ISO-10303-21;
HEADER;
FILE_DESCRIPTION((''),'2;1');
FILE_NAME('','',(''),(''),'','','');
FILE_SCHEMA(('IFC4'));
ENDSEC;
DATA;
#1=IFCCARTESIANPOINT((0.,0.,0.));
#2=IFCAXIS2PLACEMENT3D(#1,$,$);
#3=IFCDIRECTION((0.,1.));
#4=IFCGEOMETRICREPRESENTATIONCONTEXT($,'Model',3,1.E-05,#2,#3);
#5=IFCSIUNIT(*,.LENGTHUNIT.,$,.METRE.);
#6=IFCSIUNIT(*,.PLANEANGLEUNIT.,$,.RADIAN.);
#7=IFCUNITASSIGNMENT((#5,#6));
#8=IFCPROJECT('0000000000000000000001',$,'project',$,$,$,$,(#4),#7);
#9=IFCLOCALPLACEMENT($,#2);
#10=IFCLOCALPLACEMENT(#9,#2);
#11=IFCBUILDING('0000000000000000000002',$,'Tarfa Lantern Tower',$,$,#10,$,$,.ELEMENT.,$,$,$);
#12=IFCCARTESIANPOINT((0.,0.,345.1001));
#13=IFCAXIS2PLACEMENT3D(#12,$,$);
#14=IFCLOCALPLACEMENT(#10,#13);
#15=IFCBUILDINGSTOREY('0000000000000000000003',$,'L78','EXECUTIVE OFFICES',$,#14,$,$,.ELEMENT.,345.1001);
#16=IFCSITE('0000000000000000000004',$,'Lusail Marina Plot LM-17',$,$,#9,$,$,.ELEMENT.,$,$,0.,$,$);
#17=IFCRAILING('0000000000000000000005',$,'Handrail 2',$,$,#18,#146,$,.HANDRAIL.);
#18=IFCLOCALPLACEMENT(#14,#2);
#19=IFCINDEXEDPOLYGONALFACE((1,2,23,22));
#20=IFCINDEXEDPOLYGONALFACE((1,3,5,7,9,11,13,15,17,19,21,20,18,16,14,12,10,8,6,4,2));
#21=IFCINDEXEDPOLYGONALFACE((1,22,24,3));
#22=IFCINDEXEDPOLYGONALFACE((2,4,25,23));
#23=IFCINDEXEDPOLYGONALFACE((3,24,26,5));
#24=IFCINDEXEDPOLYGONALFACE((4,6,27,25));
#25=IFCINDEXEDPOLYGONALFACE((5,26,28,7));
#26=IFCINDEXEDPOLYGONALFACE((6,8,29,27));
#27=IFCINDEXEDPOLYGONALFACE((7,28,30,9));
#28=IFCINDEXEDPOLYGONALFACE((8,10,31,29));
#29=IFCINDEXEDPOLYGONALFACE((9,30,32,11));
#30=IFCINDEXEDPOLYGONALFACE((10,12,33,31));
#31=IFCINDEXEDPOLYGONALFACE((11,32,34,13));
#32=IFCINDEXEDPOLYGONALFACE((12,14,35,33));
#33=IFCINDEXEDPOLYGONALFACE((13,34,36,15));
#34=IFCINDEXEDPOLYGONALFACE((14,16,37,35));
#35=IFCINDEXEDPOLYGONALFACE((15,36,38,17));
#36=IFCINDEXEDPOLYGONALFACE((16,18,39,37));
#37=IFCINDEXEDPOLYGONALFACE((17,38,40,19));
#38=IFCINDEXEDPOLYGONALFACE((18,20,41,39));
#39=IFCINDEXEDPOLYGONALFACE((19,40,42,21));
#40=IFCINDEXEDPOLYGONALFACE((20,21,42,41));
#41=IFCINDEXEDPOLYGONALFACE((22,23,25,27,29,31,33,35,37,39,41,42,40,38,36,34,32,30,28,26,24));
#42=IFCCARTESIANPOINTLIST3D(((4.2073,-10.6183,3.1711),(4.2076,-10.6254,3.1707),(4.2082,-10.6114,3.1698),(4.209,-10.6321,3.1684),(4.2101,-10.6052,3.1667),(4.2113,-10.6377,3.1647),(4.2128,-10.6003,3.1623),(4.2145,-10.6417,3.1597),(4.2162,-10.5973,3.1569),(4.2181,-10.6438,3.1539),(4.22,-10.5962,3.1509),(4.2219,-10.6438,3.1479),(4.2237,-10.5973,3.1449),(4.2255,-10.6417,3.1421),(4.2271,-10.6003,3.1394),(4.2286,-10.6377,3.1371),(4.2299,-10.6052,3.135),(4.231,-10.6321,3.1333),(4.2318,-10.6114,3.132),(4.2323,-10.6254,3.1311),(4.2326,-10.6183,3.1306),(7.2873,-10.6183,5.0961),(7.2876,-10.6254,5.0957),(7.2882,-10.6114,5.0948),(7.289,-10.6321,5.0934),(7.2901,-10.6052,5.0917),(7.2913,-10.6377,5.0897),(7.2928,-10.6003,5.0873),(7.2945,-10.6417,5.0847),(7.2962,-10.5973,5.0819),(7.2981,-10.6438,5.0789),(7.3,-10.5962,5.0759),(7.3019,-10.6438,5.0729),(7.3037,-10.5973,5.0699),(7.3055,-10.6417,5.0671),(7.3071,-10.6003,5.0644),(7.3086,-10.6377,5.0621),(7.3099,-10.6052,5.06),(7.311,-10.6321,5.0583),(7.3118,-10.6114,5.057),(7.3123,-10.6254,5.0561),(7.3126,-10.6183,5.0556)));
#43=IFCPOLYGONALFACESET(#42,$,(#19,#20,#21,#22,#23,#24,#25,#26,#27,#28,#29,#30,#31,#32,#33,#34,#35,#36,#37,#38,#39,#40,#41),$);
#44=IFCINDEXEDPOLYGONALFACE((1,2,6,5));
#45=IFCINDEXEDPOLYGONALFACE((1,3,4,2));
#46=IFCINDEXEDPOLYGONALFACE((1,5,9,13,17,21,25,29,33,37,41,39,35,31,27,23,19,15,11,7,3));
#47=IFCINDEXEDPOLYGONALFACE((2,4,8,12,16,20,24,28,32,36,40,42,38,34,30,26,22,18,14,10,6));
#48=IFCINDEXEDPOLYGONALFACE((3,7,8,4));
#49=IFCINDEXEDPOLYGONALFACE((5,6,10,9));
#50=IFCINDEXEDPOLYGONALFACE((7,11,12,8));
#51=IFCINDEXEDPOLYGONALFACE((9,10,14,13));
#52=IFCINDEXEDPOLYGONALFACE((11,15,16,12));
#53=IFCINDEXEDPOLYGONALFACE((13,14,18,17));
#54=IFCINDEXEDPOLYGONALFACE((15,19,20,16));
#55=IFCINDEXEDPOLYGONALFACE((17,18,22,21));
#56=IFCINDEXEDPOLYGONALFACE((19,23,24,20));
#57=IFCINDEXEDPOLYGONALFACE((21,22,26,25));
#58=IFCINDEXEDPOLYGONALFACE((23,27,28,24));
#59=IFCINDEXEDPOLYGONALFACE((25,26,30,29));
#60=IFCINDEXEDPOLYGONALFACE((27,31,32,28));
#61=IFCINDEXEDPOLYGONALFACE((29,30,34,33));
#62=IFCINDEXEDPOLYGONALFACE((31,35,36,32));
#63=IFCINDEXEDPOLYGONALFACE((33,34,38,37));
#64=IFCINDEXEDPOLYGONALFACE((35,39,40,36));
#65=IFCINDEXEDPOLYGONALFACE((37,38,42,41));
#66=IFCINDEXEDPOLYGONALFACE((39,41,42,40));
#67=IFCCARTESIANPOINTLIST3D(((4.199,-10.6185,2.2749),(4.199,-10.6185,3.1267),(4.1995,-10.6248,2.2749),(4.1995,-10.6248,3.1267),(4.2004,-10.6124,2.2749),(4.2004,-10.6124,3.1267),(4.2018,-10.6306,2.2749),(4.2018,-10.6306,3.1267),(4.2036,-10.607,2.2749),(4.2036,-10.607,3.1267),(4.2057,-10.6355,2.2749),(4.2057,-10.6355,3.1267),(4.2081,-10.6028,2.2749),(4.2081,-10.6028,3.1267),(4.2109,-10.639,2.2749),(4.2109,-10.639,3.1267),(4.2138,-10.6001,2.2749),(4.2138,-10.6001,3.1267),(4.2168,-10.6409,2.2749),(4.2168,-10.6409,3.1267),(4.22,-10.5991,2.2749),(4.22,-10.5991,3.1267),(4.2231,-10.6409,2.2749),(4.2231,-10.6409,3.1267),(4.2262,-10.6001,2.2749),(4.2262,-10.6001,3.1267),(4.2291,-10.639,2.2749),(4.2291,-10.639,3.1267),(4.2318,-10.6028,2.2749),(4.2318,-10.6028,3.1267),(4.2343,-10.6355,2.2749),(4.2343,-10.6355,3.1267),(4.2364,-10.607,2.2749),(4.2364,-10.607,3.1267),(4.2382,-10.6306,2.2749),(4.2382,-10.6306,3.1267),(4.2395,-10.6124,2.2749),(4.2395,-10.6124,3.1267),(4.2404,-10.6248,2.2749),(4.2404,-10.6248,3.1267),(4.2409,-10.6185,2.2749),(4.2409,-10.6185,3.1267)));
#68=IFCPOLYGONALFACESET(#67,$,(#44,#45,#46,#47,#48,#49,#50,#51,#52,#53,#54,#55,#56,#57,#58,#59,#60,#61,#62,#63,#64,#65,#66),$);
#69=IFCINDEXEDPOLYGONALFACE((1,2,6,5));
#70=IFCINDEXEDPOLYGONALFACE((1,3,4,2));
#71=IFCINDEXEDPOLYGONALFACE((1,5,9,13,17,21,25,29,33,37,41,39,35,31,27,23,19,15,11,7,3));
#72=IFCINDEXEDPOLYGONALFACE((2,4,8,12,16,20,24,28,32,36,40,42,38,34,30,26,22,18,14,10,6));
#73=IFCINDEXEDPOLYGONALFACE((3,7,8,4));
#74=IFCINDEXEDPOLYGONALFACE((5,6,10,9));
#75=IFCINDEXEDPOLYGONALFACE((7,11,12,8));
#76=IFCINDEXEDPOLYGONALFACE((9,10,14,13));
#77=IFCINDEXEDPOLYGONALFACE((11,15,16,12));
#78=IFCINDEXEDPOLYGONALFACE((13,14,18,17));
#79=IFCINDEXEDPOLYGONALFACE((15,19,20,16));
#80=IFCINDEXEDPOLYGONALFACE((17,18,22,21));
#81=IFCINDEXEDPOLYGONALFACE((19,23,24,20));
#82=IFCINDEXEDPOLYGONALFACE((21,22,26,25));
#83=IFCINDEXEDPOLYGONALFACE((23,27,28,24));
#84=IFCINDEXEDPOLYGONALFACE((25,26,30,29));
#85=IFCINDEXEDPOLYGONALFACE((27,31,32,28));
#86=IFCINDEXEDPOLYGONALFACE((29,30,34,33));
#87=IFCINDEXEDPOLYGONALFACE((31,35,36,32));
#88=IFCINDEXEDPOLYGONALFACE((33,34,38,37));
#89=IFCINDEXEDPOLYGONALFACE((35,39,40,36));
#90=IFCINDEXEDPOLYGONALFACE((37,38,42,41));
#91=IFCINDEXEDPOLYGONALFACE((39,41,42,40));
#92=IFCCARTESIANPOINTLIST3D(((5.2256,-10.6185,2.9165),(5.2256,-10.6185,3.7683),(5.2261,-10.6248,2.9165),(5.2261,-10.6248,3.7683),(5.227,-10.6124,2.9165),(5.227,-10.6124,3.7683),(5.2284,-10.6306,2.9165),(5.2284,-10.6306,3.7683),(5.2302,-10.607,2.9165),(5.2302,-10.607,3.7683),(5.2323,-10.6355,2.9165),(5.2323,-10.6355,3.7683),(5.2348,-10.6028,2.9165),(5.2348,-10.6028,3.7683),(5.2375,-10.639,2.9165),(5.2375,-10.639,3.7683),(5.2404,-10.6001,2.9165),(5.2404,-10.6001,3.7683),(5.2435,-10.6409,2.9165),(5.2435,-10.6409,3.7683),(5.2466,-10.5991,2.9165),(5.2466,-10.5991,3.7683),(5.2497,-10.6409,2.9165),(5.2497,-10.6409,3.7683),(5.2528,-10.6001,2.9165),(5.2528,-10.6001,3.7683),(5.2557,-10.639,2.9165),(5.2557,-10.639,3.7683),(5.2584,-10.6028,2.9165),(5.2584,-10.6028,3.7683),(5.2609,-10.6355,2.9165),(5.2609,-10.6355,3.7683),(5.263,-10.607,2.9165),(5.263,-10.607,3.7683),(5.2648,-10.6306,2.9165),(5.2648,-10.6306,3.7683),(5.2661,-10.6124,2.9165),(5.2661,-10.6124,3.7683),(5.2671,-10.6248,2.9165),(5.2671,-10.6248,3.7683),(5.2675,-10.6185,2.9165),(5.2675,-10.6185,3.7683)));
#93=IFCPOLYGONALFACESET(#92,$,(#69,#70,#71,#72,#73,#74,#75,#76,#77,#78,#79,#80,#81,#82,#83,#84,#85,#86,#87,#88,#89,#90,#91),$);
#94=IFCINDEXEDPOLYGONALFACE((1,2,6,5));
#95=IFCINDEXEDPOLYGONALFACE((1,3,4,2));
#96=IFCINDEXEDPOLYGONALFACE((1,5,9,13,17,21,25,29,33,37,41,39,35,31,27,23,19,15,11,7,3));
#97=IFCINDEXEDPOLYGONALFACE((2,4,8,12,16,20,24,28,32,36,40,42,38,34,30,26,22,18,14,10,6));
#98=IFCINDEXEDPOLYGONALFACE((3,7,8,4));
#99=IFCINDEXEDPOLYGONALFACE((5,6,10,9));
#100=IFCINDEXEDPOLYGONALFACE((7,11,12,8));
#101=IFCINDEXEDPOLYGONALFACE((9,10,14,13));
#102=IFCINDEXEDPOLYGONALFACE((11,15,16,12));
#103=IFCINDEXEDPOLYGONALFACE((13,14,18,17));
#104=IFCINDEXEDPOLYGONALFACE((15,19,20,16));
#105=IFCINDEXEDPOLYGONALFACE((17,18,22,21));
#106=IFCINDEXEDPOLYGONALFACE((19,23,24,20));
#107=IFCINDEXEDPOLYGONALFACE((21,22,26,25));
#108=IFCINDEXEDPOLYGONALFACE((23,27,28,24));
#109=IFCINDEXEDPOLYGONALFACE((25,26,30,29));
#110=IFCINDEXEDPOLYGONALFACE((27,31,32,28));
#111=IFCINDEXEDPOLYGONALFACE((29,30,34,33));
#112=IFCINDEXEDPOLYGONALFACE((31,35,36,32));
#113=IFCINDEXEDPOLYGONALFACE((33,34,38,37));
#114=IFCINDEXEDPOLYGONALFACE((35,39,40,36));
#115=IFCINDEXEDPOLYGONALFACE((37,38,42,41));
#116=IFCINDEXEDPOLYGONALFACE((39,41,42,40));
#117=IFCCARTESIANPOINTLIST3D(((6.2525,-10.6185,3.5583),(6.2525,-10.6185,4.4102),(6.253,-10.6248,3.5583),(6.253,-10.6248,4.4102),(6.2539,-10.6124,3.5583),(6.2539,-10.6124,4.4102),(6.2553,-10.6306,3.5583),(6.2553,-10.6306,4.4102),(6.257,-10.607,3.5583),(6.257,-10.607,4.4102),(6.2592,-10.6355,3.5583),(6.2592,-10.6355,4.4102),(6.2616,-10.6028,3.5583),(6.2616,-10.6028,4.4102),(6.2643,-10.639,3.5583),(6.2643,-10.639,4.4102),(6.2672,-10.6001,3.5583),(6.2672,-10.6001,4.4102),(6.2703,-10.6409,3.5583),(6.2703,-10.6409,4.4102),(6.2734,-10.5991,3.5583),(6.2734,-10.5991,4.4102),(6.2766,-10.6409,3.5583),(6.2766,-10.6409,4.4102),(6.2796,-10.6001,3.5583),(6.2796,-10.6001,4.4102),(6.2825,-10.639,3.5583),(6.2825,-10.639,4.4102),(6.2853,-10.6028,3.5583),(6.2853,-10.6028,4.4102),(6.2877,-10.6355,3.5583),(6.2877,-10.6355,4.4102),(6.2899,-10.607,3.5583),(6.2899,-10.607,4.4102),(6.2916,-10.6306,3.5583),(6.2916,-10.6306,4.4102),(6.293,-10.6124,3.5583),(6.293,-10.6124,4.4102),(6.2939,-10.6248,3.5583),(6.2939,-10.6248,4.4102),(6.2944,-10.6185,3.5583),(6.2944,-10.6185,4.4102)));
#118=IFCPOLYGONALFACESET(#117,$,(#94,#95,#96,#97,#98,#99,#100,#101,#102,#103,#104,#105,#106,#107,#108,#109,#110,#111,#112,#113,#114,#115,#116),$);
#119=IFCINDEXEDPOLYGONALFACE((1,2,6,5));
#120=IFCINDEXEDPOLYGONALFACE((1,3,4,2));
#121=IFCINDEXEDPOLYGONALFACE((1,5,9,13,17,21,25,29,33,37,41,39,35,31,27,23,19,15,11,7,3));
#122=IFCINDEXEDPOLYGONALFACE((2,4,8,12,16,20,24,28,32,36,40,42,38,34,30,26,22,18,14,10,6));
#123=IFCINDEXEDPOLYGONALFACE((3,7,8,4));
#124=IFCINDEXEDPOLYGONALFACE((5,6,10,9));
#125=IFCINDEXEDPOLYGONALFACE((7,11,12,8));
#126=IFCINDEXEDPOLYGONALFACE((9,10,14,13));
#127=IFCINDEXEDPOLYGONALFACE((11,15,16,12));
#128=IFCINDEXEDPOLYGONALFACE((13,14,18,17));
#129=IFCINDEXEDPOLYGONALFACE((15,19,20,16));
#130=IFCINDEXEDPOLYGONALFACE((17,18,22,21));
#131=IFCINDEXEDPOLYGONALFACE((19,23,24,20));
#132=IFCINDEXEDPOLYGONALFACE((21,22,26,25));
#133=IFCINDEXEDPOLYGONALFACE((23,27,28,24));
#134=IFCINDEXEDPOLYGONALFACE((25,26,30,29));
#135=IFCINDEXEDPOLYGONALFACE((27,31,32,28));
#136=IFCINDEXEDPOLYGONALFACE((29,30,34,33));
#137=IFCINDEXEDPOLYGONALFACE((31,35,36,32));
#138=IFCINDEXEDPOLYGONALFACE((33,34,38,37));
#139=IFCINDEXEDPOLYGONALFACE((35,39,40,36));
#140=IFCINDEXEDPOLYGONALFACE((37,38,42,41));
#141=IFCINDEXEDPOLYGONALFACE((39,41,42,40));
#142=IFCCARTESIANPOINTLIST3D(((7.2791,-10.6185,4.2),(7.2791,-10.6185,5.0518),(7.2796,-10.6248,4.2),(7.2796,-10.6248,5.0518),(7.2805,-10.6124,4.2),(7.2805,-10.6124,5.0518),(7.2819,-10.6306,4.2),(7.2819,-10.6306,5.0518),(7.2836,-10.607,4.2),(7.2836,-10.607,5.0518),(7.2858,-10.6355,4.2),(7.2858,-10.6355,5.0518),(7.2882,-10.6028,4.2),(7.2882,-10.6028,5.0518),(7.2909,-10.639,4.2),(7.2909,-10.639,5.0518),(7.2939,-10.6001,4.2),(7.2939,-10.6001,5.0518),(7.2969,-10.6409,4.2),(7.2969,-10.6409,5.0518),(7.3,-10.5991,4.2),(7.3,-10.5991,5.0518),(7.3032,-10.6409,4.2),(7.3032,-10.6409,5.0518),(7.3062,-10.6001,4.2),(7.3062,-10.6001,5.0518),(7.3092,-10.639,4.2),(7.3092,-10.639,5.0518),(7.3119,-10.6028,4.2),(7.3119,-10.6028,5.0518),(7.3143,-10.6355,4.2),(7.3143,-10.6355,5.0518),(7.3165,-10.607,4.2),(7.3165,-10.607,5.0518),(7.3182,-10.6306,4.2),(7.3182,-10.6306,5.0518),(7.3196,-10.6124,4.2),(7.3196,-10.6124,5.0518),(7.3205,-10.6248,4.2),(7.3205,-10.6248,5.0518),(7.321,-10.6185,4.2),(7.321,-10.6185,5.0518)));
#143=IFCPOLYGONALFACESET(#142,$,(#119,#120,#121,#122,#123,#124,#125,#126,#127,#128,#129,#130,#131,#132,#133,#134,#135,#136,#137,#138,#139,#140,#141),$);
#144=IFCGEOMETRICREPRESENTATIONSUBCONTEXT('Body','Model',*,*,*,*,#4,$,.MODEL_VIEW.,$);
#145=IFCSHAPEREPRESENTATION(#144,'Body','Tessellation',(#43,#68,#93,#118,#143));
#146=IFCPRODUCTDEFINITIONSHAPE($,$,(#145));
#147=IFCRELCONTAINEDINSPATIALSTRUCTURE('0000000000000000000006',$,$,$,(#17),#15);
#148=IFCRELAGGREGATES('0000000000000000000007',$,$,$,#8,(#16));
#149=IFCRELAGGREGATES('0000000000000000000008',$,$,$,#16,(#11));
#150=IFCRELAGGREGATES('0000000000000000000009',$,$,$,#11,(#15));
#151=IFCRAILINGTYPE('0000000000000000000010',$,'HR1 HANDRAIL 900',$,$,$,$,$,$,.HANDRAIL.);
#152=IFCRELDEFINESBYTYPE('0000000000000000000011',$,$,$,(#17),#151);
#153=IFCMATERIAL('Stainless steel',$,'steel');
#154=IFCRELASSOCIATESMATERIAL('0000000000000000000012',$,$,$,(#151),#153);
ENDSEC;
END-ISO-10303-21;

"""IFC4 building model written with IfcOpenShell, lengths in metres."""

from ifc_helpers import new_model, si_unit, direction, frame, origin, origin_2d, place, context, subcontext, project, spatial, circle, extrude, material, type_object, element, save


model = new_model("IFC4")

# Units and contexts
model_context = context("Model", 3, precision=1e-05, world=origin(), true_north=direction((0.0, 1.0)))
body_context = subcontext(model_context, "Body", "Model", "MODEL_VIEW")
ifc_project = project(units=[si_unit("LENGTHUNIT", "METRE"), si_unit("PLANEANGLEUNIT", "RADIAN")], contexts=[model_context])

# Site, building, storey
site_placement = place(None, origin())
site = spatial("IfcSite", under=ifc_project, at=site_placement, Name="Lusail Marina Plot LM-17", CompositionType="ELEMENT", RefElevation=0.0)
building_placement = place(site_placement, origin())
building = spatial("IfcBuilding", under=site, at=building_placement, Name="Tarfa Lantern Tower", CompositionType="ELEMENT")
storey_placement = place(building_placement, frame((0.0, 0.0, 345.1001)))
storey = spatial("IfcBuildingStorey", under=building, at=storey_placement, Name="L78", Description="EXECUTIVE OFFICES", CompositionType="ELEMENT", Elevation=345.1001)

# Railing
ifc_material_1 = material(Name="Stainless steel", Category="steel")
railing_type = type_object("IfcRailingType", Name="HR1 HANDRAIL 900", PredefinedType="HANDRAIL", material=ifc_material_1)
railing_1_placement = place(storey_placement, frame((4.22, -10.6201, 2.2749)))
element("IfcRailing", 1, at=railing_1_placement, inside=storey, type_object=railing_type, Name="Handrail 2", PredefinedType="HANDRAIL", context=body_context, shape_type="SweptSolid", body=[
    extrude(circle(Radius=0.0239, at=origin_2d()), frame((0.0, 0.0, 0.876), z_axis=(0.847998, 0.0, 0.529999), x_axis=(0.0, 1.0, 0.0)), (0.0, 0.0, 1.0), 3.6321),
    extrude(circle(Radius=0.021, at=origin_2d()), frame((0.0, 0.0, 0.0), z_axis=(0.0, 0.0, 1.0), x_axis=(0.0, 1.0, 0.0)), (0.0, 0.0, 1.0), 0.8518),
    extrude(circle(Radius=0.021, at=origin_2d()), frame((1.0266, 0.0, 0.6416), z_axis=(0.0, 0.0, 1.0), x_axis=(0.0, 1.0, 0.0)), (0.0, 0.0, 1.0), 0.8518),
    extrude(circle(Radius=0.021, at=origin_2d()), frame((2.0535, 0.0, 1.2834), z_axis=(0.0, 0.0, 1.0), x_axis=(0.0, 1.0, 0.0)), (0.0, 0.0, 1.0), 0.8518),
    extrude(circle(Radius=0.021, at=origin_2d()), frame((3.0801, 0.0, 1.925), z_axis=(0.0, 0.0, 1.0), x_axis=(0.0, 1.0, 0.0)), (0.0, 0.0, 1.0), 0.8518),
])

save(model, "model.ifc")
